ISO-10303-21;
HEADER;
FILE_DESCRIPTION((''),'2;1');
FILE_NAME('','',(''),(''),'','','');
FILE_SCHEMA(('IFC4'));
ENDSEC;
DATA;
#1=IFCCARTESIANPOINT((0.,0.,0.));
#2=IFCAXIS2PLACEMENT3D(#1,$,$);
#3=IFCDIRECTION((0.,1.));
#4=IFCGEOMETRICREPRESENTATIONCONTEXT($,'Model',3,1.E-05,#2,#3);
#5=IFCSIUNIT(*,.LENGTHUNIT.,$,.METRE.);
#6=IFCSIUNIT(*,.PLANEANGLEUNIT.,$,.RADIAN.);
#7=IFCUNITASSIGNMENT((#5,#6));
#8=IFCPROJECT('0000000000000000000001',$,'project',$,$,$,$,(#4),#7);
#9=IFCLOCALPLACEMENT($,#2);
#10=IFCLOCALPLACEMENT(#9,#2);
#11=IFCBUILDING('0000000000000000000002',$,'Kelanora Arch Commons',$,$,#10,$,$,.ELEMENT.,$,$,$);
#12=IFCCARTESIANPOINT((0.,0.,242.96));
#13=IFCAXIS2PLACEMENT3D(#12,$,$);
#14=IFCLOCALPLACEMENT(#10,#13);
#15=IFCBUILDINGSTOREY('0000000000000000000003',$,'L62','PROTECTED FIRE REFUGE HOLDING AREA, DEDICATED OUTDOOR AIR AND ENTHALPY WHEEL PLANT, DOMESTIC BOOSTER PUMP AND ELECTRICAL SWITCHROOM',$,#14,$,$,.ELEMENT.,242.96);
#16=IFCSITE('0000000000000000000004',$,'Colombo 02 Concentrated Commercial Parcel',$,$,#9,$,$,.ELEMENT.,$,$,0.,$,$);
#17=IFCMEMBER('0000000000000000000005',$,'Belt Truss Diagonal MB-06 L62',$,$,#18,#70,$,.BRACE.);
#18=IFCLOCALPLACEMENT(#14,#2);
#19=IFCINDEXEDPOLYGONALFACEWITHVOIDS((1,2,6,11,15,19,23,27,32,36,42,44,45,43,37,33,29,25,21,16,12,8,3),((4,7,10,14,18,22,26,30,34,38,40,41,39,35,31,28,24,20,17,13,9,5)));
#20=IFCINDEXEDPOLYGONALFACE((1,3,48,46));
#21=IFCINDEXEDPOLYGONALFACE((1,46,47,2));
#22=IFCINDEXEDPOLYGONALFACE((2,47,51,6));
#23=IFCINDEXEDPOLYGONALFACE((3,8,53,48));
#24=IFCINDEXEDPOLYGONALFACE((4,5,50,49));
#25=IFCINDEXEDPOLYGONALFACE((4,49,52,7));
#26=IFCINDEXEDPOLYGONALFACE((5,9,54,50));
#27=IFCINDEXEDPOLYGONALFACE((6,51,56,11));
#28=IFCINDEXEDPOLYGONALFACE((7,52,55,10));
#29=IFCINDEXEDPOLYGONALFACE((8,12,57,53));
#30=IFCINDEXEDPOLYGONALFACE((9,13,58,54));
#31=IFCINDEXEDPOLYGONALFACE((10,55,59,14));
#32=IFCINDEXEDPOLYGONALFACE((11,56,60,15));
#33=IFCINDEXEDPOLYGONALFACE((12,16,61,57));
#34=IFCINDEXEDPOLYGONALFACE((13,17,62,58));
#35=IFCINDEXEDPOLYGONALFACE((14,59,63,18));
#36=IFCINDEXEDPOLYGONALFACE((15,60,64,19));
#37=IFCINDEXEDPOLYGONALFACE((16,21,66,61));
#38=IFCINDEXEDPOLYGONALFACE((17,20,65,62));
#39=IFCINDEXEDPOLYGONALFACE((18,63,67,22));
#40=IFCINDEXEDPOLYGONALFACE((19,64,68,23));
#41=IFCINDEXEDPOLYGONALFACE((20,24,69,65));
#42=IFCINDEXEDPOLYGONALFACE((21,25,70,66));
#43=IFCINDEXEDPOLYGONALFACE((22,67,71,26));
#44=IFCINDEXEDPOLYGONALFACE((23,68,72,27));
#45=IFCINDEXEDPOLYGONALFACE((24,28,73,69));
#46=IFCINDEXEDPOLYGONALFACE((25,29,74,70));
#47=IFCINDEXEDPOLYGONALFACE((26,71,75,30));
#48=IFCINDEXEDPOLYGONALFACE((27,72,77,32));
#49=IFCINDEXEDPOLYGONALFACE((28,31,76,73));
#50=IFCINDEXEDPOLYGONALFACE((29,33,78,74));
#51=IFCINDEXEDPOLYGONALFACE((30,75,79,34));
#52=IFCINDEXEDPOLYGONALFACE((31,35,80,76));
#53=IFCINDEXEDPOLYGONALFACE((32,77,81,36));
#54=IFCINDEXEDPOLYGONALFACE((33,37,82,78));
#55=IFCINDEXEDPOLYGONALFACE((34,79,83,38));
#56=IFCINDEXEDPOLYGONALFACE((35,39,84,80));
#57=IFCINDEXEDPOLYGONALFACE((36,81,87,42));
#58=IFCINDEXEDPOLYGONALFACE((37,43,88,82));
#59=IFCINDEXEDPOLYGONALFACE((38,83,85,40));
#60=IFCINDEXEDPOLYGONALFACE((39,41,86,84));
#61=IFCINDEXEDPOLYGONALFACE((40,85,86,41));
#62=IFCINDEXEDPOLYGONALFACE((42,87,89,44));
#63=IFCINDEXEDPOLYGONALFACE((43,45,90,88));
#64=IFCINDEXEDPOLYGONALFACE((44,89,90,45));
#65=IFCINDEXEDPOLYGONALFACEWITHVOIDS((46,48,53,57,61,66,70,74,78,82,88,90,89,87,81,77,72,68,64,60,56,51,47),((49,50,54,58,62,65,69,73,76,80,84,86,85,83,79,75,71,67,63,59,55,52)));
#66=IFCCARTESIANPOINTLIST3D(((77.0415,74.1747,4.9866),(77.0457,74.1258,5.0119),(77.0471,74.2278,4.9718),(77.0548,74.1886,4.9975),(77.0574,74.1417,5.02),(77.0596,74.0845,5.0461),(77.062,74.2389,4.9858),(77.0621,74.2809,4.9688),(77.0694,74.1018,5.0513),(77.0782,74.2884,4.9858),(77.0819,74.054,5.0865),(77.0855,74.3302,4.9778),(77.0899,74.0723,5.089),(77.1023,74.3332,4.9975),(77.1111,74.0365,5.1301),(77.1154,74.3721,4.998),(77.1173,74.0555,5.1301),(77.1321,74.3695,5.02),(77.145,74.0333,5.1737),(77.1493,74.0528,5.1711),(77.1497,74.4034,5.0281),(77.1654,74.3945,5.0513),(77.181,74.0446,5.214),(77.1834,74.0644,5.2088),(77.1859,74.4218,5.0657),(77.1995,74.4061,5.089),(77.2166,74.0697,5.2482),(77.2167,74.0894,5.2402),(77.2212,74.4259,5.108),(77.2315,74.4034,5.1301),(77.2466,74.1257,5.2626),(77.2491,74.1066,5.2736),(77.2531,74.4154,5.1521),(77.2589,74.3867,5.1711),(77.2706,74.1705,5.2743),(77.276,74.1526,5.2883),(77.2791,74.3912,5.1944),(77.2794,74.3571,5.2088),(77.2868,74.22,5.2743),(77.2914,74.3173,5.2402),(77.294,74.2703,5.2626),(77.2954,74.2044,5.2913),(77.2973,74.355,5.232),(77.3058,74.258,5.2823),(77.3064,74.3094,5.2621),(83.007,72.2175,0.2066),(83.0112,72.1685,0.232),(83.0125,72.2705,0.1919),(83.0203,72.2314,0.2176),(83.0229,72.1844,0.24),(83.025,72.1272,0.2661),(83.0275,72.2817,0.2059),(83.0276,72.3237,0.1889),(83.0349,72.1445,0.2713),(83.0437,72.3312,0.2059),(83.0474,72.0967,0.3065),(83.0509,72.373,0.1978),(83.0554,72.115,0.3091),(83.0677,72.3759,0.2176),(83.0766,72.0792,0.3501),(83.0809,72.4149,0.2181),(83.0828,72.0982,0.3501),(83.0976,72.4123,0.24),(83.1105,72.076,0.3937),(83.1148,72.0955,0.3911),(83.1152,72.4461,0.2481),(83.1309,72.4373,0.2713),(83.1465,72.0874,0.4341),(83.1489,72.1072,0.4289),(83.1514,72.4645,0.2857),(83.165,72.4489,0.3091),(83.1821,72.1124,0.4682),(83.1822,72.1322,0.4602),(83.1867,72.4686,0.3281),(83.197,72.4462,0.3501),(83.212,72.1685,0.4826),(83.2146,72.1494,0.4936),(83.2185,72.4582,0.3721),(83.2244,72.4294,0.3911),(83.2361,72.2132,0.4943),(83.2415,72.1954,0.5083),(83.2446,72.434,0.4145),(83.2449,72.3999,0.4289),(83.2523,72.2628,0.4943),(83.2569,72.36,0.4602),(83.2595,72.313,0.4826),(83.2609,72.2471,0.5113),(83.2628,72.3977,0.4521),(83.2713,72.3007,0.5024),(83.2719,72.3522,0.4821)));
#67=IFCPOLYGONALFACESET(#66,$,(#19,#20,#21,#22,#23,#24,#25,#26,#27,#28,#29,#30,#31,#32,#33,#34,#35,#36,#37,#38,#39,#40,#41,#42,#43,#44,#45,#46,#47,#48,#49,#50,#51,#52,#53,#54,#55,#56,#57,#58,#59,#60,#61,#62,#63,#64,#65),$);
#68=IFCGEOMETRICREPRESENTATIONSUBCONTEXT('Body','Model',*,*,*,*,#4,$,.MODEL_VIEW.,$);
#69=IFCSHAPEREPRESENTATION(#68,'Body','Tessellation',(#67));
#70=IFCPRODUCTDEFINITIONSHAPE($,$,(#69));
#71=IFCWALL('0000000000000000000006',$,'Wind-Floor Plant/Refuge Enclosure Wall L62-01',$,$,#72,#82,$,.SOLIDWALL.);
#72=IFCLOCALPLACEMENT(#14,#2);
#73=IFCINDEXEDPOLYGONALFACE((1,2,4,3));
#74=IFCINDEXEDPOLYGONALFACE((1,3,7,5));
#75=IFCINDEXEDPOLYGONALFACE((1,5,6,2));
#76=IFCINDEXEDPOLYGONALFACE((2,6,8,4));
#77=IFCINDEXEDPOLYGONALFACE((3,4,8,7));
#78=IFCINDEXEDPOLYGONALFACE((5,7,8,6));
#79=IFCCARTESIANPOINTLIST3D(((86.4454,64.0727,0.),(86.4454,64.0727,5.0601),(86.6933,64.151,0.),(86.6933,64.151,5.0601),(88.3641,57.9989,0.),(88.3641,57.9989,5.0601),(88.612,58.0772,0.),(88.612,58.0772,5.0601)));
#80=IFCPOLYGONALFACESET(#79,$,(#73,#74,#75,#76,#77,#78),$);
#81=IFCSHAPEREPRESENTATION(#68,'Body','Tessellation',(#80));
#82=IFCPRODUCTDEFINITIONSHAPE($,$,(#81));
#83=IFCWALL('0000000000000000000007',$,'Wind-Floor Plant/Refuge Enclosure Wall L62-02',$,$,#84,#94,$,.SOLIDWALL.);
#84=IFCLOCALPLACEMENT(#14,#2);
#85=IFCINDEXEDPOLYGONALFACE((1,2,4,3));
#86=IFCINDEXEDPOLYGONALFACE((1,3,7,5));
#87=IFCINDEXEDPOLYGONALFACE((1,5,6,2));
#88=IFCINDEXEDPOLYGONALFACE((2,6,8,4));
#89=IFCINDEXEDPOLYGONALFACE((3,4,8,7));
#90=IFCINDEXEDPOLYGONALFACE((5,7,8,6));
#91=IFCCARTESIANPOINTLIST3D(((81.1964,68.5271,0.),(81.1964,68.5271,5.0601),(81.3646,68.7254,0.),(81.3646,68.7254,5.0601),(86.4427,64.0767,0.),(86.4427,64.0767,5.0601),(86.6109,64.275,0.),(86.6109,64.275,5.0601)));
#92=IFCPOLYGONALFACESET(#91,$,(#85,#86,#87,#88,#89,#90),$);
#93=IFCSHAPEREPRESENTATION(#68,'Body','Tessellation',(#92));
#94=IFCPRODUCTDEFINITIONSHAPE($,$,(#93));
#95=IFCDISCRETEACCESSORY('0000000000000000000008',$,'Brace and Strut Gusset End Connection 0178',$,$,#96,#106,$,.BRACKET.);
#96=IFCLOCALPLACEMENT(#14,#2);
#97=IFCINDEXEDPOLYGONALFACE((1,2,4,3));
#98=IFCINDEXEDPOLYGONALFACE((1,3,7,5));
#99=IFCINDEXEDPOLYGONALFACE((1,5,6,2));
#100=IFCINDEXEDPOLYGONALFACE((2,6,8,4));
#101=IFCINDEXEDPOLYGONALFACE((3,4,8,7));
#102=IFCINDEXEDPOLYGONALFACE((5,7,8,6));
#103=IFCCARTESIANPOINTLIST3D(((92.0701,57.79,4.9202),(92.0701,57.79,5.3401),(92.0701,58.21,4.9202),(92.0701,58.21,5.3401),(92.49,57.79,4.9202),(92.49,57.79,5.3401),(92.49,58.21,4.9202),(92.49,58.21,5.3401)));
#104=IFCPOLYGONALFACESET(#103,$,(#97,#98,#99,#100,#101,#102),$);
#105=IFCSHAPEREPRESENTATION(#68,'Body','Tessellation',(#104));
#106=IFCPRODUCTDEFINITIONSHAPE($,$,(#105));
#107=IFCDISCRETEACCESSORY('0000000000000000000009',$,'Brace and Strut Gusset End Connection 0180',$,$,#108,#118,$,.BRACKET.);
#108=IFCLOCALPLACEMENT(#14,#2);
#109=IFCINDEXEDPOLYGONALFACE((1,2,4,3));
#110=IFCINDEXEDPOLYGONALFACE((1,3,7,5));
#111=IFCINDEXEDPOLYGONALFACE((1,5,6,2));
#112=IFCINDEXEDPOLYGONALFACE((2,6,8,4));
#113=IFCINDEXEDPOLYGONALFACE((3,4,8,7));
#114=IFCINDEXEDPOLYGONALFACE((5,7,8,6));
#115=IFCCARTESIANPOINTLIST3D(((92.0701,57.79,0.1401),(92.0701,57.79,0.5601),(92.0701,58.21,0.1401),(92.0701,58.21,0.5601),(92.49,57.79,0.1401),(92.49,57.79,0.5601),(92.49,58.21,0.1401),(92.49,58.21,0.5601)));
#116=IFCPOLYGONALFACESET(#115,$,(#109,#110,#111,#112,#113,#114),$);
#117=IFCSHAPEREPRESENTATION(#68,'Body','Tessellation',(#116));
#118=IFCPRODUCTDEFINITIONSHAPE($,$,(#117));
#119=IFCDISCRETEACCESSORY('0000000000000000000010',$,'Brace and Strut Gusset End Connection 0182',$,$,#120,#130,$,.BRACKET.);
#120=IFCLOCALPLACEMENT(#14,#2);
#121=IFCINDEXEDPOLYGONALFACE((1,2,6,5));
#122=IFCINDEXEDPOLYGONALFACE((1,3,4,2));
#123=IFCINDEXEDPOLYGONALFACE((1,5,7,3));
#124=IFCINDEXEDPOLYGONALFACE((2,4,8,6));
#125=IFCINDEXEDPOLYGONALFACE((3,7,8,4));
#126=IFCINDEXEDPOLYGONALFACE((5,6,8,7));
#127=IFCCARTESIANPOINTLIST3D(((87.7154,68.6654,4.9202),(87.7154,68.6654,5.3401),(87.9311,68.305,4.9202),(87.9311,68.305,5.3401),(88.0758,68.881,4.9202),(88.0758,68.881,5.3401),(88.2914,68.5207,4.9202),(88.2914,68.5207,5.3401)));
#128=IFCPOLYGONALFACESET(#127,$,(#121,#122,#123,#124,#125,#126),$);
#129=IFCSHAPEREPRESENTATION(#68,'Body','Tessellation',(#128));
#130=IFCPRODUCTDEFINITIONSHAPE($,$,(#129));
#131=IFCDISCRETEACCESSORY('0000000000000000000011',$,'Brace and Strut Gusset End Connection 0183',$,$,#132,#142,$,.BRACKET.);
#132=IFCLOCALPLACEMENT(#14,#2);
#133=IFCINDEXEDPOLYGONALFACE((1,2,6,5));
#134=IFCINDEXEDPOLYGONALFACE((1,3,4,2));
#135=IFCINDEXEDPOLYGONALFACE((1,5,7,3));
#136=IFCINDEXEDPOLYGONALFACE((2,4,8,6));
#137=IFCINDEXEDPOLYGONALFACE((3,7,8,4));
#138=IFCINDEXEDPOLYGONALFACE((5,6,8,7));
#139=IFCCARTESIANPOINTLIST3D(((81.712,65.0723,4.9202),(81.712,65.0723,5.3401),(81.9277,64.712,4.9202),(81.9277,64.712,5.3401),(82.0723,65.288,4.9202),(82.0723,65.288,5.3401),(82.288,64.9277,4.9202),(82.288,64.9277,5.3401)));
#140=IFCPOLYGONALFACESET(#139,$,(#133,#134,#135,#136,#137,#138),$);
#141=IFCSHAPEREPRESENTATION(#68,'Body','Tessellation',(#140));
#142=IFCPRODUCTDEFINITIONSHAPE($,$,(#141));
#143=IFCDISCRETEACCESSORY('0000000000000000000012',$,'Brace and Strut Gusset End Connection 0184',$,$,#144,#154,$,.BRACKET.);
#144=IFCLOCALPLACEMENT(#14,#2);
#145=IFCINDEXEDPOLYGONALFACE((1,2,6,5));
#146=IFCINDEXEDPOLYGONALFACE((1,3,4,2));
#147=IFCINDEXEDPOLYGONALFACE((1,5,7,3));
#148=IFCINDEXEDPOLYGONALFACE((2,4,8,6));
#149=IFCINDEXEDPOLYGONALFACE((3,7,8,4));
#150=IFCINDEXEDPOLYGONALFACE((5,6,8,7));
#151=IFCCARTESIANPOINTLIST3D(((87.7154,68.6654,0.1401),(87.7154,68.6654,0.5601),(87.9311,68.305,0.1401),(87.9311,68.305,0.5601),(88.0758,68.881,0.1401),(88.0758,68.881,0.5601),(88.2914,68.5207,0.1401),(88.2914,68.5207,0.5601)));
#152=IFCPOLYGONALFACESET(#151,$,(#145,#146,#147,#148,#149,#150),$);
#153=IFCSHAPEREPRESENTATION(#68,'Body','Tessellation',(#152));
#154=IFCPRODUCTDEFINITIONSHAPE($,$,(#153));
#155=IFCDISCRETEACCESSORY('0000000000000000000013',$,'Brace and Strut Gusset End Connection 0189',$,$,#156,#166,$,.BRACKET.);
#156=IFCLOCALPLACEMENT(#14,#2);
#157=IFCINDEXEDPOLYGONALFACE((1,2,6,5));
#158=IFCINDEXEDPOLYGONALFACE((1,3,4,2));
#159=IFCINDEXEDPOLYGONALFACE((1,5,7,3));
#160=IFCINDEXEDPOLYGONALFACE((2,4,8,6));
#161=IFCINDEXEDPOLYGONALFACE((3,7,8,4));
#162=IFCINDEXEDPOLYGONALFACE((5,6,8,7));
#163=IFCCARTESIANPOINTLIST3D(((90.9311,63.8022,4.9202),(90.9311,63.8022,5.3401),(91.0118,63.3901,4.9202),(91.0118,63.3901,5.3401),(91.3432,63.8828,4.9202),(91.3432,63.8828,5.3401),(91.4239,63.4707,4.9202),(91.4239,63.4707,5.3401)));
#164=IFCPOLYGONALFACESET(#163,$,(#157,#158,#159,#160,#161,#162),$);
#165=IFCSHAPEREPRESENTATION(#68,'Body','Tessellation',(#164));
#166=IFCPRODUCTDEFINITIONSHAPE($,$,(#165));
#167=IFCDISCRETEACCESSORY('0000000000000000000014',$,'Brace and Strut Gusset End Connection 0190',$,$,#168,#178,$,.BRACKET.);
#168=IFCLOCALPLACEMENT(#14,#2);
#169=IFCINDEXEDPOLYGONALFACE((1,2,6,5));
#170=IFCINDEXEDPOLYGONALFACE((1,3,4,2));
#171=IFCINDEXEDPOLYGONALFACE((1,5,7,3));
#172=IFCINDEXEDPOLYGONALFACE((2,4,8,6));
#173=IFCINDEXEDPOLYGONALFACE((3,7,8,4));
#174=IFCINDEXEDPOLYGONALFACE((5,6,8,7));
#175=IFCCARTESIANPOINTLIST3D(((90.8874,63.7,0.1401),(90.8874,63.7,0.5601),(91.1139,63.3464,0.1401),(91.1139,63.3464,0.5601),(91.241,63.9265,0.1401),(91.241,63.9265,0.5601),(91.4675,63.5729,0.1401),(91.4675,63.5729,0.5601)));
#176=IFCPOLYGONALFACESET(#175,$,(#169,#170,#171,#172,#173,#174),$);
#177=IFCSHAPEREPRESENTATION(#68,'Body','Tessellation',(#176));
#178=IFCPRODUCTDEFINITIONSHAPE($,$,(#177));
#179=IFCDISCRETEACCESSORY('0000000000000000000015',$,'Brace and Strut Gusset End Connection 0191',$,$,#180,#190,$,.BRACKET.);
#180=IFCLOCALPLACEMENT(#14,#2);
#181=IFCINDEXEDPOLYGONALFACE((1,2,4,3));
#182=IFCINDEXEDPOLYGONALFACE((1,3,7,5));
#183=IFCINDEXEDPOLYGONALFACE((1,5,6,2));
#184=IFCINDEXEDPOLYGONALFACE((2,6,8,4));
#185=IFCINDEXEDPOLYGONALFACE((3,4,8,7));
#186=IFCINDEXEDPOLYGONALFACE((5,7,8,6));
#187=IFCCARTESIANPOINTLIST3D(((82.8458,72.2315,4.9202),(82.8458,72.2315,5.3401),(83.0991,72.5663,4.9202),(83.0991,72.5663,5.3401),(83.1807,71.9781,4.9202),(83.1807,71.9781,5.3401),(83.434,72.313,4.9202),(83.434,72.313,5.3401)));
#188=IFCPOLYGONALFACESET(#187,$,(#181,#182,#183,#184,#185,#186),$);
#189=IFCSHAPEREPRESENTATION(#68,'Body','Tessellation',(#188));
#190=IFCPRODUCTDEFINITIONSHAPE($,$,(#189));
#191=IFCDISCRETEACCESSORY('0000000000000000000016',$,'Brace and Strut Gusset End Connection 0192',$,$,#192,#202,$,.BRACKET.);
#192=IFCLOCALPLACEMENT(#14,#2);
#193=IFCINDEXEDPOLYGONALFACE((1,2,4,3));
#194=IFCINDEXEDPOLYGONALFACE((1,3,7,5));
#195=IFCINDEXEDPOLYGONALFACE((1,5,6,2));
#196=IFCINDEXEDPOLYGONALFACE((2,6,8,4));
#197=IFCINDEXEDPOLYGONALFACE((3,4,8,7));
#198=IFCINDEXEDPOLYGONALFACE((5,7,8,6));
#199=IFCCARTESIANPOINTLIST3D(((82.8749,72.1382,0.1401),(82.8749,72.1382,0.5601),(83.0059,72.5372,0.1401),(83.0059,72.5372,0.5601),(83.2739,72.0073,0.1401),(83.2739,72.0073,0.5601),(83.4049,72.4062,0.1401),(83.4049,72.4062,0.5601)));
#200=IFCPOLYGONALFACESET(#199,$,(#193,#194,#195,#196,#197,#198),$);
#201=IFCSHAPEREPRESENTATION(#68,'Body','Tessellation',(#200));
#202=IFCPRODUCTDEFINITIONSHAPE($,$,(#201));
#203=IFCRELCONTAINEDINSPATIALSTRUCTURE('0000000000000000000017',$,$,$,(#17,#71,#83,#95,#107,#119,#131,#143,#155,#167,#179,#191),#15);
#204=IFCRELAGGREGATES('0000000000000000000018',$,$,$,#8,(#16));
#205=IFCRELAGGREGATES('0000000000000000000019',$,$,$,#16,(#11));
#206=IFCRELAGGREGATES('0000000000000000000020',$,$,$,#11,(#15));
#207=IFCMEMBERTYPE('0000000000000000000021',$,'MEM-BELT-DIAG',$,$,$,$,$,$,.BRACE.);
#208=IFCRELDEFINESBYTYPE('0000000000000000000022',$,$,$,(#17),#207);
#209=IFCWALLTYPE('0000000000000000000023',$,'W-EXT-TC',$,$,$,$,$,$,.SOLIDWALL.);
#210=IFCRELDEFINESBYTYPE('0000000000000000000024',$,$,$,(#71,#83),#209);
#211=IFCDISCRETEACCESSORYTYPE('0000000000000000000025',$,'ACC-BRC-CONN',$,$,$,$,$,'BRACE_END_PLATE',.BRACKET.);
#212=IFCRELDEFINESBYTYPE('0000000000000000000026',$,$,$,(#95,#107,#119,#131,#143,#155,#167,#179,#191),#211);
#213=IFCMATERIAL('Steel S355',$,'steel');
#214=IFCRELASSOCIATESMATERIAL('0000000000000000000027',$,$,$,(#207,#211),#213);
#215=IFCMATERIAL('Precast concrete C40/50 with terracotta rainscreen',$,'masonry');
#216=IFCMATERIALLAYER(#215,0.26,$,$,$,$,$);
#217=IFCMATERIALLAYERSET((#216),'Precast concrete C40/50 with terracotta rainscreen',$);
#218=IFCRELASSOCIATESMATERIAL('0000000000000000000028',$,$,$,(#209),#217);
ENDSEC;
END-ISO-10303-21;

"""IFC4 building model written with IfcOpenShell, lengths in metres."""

from ifc_helpers import new_model, si_unit, direction, frame, frame_2d, origin, origin_2d, place, context, subcontext, project, spatial, rectangle, hollow_circle, extrude, source, transform, mapped, material, layer, layer_set, material_profile, profile_set, type_object, element, save


model = new_model("IFC4")

# Units and contexts
model_context = context("Model", 3, precision=1e-05, world=origin(), true_north=direction((0.0, 1.0)))
body_context = subcontext(model_context, "Body", "Model", "MODEL_VIEW")
ifc_project = project(units=[si_unit("LENGTHUNIT", "METRE"), si_unit("PLANEANGLEUNIT", "RADIAN")], contexts=[model_context])

# Site, building, storey
site_placement = place(None, origin())
site = spatial("IfcSite", under=ifc_project, at=site_placement, Name="Colombo 02 Concentrated Commercial Parcel", CompositionType="ELEMENT", RefElevation=0.0)
building_placement = place(site_placement, origin())
building = spatial("IfcBuilding", under=site, at=building_placement, Name="Kelanora Arch Commons", CompositionType="ELEMENT")
storey_placement = place(building_placement, frame((0.0, 0.0, 242.96)))
storey = spatial("IfcBuildingStorey", under=building, at=storey_placement, Name="L62", Description="PROTECTED FIRE REFUGE HOLDING AREA, DEDICATED OUTDOOR AIR AND ENTHALPY WHEEL PLANT, DOMESTIC BOOSTER PUMP AND ELECTRICAL SWITCHROOM", CompositionType="ELEMENT", Elevation=242.96)

# Shared definitions
ifc_material_1 = material(Name="Steel S355", Category="steel")

# Member
ifc_material_profile_1 = material_profile(ifc_material_1, hollow_circle(Radius=0.2031, WallThickness=0.02, at=origin_2d()), Name="CHS406.4x20")
ifc_profile_set_1 = profile_set([ifc_material_profile_1], Name="Steel S355")
member_type = type_object("IfcMemberType", Name="MEM-BELT-DIAG", PredefinedType="BRACE", material=ifc_profile_set_1)
member_1_placement = place(storey_placement, frame((83.1399, 72.2722, 0.3501), z_axis=(-0.755999, 0.248039, 0.605758), x_axis=(-0.311745, -0.950166, 0.0)))
element("IfcMember", 1, at=member_1_placement, inside=storey, type_object=member_type, Name="Belt Truss Diagonal MB-06 L62", PredefinedType="BRACE", context=body_context, shape_type="SweptSolid", body=[
    extrude(hollow_circle(Radius=0.2031, WallThickness=0.02, at=origin_2d()), origin(), (0.0, 0.0, 1.0), 7.8909),
])

# Walls
ifc_material_2 = material(Name="Precast concrete C40/50 with terracotta rainscreen", Category="masonry")
ifc_layer = layer(ifc_material_2, 0.26)
ifc_layer_set = layer_set([ifc_layer], Name="Precast concrete C40/50 with terracotta rainscreen")
wall_type = type_object("IfcWallType", Name="W-EXT-TC", PredefinedType="SOLIDWALL", material=ifc_layer_set)
wall_1_placement = place(storey_placement, frame((88.488, 58.0381, 0.0), z_axis=(0.0, 0.0, 1.0), x_axis=(-0.301229, 0.953552, 0.0)))
element("IfcWall", 2, at=wall_1_placement, inside=storey, type_object=wall_type, Name="Wind-Floor Plant/Refuge Enclosure Wall L62-01", PredefinedType="SOLIDWALL", context=body_context, shape_type="SweptSolid", body=[
    extrude(rectangle(XDim=6.3696, YDim=0.26, at=frame_2d((3.1848, 0.0))), origin(), (0.0, 0.0, 1.0), 5.0601),
])
wall_2_placement = place(storey_placement, frame((86.5269, 64.1758, 0.0), z_axis=(0.0, 0.0, 1.0), x_axis=(-0.762581, 0.646893, 0.0)))
element("IfcWall", 3, at=wall_2_placement, inside=storey, type_object=wall_type, Name="Wind-Floor Plant/Refuge Enclosure Wall L62-02", PredefinedType="SOLIDWALL", context=body_context, shape_type="SweptSolid", body=[
    extrude(rectangle(XDim=6.8796, YDim=0.26, at=frame_2d((3.4399, 0.0))), origin(), (0.0, 0.0, 1.0), 5.0601),
])

# Discrete accessories
discrete_accessory_type = type_object("IfcDiscreteAccessoryType", Name="ACC-BRC-CONN", ElementType="BRACE_END_PLATE", PredefinedType="BRACKET", material=ifc_material_1)
shared_shape = source(origin(), body_context, "Body", "SweptSolid", [
    extrude(rectangle(XDim=0.4199, YDim=0.4199, at=origin_2d()), origin(), (0.0, 0.0, 1.0), 0.4199),
])
for number, where, z_axis, x_axis, name in (
    (4, (92.28, 58.0, 4.9202), (0.0, 0.0, 1.0), (1.0, 0.0, 0.0), "Brace and Strut Gusset End Connection 0178"),
    (5, (92.28, 58.0, 0.1401), (0.0, 0.0, 1.0), (1.0, 0.0, 0.0), "Brace and Strut Gusset End Connection 0180"),
    (6, (88.0034, 68.593, 4.9202), (0.0, 0.0, 1.0), (0.858065, 0.513541, 0.0), "Brace and Strut Gusset End Connection 0182"),
    (7, (82.0, 65.0, 4.9202), (0.0, 0.0, 1.0), (0.858065, 0.513541, 0.0), "Brace and Strut Gusset End Connection 0183"),
    (8, (88.0034, 68.593, 0.1401), (0.0, 0.0, 1.0), (0.858065, 0.513541, 0.0), "Brace and Strut Gusset End Connection 0184"),
    (9, (91.1775, 63.6365, 4.9202), (0.0, 0.0, 1.0), (-0.192008, 0.981393, 0.0), "Brace and Strut Gusset End Connection 0189"),
    (10, (91.1775, 63.6365, 0.1401), (0.0, 0.0, 1.0), (-0.539359, 0.842076, 0.0), "Brace and Strut Gusset End Connection 0190"),
    (11, (83.1399, 72.2722, 4.9202), (0.0, 0.0, 1.0), (-0.797479, 0.603347, 0.0), "Brace and Strut Gusset End Connection 0191"),
    (12, (83.1399, 72.2722, 0.1401), (0.0, 0.0, 1.0), (-0.950135, 0.311837, 0.0), "Brace and Strut Gusset End Connection 0192"),
):
    element("IfcDiscreteAccessory", number, at=place(storey_placement, frame(where, z_axis=z_axis, x_axis=x_axis)), inside=storey, type_object=discrete_accessory_type, Name=name, PredefinedType="BRACKET", context=body_context, shape_type="MappedRepresentation", body=[
        mapped(shared_shape, transform((0.0, 0.0, 0.0), scale=1.0)),
    ])

save(model, "model.ifc")
